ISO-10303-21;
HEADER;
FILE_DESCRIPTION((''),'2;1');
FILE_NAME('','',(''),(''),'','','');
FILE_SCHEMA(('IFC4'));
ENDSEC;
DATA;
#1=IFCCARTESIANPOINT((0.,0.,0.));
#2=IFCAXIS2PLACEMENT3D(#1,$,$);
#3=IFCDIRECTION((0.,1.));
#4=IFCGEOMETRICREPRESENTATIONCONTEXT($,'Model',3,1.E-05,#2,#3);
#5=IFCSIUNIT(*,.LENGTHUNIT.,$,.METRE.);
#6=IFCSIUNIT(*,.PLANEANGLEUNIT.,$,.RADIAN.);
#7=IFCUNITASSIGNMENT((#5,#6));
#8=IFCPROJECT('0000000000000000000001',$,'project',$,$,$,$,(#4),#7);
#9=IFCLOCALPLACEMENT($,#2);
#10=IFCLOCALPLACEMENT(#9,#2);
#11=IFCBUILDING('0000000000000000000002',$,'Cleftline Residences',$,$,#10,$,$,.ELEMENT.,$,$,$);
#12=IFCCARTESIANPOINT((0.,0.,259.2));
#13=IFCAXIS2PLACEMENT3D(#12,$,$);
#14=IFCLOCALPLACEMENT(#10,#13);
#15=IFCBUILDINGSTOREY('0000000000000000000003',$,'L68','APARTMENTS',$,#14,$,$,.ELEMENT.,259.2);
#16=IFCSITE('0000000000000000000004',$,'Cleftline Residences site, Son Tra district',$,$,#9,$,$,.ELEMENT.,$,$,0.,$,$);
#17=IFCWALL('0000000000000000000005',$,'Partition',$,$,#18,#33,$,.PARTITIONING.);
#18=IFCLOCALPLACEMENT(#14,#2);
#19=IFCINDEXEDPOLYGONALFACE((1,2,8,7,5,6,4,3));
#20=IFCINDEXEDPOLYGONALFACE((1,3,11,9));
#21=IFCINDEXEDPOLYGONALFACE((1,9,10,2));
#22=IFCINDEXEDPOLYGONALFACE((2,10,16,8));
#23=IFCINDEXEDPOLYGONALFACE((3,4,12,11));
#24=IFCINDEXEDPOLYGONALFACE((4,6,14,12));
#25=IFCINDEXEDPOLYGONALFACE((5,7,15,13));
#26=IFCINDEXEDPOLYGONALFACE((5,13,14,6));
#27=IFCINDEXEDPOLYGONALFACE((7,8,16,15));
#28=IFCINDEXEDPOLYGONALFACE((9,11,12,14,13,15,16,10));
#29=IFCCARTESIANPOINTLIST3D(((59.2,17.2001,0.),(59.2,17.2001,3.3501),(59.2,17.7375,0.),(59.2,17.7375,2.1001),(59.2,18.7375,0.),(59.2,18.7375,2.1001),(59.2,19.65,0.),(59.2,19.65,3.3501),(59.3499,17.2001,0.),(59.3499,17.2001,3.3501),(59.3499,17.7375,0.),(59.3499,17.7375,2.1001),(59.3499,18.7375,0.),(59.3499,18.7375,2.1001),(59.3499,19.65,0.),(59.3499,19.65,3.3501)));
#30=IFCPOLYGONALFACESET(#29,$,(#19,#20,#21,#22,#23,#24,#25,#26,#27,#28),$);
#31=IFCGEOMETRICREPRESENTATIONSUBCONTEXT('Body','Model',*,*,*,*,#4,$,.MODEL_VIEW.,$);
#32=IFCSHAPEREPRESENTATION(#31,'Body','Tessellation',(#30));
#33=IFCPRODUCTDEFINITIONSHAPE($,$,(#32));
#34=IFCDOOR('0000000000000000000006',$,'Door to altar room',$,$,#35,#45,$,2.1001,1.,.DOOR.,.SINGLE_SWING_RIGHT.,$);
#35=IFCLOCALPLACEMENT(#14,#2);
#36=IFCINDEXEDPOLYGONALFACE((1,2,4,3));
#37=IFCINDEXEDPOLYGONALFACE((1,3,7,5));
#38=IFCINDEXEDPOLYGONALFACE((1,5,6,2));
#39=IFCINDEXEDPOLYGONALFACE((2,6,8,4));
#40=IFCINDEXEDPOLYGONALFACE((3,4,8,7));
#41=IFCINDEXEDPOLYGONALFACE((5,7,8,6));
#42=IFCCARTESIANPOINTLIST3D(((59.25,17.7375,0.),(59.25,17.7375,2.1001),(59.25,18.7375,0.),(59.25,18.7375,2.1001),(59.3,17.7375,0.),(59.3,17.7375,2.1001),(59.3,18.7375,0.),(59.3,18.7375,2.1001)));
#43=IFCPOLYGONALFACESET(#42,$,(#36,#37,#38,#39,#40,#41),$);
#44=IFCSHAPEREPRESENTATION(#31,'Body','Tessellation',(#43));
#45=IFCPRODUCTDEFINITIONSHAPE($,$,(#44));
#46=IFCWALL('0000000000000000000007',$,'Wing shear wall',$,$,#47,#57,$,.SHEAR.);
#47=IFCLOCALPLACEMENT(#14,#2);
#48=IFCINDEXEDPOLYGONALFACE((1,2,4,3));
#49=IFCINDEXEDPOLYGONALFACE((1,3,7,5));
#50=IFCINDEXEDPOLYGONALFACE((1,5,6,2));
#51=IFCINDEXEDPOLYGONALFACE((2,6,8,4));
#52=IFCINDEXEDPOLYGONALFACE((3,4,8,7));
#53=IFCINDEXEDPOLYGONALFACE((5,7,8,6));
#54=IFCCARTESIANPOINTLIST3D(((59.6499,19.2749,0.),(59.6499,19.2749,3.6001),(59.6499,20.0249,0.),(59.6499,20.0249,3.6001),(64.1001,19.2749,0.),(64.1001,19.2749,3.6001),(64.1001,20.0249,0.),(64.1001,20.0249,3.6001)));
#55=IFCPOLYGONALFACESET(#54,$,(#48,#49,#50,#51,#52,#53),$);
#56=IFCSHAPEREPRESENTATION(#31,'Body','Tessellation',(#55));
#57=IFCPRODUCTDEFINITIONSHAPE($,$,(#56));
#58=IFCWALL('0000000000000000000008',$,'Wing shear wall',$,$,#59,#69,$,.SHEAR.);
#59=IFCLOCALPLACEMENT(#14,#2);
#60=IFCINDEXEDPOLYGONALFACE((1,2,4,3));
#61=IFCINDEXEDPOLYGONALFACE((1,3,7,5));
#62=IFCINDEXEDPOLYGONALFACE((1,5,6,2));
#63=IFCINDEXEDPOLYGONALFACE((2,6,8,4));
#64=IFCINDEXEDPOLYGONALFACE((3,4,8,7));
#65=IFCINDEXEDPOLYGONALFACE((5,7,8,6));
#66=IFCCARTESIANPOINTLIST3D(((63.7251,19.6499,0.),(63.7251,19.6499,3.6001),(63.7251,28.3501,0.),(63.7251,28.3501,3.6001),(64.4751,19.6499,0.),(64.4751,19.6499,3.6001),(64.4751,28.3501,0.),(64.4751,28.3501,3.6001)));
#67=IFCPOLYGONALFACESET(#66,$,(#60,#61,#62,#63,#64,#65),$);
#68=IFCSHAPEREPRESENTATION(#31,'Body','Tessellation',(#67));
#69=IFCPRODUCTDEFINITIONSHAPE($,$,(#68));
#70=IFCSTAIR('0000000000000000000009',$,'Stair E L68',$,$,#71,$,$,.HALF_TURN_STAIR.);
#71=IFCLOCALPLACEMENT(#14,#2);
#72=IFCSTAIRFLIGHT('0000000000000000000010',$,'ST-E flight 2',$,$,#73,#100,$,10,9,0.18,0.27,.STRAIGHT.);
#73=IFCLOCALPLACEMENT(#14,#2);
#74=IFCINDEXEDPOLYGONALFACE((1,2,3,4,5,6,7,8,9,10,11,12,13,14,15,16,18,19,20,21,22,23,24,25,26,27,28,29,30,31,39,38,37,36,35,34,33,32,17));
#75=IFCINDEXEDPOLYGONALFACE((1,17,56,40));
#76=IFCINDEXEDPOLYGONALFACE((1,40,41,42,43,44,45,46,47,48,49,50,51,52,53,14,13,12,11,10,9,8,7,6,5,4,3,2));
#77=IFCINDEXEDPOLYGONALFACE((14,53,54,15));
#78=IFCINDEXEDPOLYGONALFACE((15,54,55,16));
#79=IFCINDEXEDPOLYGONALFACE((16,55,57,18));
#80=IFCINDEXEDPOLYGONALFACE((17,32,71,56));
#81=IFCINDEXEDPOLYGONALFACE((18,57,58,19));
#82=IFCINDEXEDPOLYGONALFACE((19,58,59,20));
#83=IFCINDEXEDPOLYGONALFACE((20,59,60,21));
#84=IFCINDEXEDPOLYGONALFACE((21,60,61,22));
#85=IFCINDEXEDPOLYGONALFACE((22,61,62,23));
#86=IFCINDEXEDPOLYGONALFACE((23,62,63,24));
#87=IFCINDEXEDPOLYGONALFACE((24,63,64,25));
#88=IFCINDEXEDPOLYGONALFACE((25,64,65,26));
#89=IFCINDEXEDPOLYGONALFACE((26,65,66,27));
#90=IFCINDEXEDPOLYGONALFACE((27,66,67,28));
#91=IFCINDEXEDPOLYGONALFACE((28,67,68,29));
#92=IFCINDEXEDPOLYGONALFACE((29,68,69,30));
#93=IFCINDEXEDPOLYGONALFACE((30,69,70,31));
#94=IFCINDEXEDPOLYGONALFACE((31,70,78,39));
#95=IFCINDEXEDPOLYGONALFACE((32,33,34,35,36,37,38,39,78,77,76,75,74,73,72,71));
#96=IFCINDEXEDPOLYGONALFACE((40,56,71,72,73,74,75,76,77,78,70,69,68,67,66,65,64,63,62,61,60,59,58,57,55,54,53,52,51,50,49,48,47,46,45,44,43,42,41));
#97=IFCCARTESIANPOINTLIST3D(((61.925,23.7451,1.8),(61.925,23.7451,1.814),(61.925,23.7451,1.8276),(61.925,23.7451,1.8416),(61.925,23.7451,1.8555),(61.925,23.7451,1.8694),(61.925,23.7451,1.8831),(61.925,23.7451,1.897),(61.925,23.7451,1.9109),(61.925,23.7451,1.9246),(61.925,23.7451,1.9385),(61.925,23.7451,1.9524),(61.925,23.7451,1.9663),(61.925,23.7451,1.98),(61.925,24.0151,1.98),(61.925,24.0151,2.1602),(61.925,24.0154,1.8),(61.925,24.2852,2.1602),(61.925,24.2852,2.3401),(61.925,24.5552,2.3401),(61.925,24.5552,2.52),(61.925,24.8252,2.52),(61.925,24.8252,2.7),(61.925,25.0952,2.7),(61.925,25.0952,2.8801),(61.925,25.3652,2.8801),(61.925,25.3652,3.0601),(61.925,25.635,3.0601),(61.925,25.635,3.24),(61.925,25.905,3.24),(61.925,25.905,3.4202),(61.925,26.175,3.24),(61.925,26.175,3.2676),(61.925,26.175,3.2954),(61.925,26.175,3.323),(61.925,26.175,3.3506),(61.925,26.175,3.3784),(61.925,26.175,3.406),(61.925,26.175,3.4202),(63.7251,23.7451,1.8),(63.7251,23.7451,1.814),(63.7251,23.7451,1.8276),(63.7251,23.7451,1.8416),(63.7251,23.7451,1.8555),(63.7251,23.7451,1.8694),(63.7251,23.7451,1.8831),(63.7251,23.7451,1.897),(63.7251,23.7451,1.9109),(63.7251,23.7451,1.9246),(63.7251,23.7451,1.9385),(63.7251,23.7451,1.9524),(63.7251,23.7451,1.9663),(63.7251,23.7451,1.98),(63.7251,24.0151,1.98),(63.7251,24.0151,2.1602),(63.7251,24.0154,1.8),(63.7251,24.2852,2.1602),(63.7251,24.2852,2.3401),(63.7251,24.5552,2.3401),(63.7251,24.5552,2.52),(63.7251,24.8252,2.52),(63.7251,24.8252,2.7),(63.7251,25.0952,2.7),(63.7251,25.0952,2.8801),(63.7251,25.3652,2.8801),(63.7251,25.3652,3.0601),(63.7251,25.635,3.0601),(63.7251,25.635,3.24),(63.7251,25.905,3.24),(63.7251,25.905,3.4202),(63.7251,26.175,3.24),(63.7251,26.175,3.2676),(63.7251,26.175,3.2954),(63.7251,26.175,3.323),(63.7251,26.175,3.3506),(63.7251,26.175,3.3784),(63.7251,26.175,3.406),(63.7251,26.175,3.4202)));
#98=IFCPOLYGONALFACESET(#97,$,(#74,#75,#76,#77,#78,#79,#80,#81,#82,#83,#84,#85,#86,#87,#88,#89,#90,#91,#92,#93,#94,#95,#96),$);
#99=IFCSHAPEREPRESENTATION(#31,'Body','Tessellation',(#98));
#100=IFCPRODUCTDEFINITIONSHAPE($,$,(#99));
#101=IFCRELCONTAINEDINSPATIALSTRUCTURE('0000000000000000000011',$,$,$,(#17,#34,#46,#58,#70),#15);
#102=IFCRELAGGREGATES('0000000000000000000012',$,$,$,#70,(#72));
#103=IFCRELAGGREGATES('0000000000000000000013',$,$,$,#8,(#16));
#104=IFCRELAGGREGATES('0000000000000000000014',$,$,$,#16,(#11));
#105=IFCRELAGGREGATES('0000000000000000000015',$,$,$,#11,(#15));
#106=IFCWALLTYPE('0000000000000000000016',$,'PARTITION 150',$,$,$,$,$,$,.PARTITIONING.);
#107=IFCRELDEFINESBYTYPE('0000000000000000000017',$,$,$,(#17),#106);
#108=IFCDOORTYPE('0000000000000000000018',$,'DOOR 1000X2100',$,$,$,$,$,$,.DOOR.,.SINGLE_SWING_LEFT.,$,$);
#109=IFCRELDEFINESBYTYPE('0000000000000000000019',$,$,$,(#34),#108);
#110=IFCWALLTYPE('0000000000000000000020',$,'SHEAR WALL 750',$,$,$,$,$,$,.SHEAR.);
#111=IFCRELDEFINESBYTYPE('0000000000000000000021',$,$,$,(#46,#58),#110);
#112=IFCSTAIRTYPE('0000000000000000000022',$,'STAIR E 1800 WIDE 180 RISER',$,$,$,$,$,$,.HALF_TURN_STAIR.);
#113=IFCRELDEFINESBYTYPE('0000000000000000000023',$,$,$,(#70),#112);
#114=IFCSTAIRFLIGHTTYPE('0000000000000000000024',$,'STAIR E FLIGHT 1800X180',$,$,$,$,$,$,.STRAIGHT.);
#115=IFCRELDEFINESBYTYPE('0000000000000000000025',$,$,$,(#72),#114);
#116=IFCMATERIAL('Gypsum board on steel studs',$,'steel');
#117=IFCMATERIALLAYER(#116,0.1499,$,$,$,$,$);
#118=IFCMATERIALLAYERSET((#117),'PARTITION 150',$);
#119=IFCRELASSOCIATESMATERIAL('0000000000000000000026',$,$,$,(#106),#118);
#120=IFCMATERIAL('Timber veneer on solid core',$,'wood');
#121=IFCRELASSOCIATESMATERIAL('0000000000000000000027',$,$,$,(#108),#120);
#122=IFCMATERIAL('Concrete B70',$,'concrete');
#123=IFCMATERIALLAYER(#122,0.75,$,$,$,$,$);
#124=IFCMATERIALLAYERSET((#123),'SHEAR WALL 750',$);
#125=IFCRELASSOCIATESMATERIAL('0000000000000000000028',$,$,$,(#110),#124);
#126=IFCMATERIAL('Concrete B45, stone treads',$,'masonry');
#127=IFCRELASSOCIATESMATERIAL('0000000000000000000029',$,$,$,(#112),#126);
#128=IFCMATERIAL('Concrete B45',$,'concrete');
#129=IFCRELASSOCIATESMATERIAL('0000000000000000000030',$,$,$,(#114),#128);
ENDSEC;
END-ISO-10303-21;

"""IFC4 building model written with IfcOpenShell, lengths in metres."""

from ifc_helpers import new_model, si_unit, direction, frame, frame_2d, origin, place, context, subcontext, project, spatial, polyline, rectangle, outline, extrude, material, layer, layer_set, type_object, element, fill, aggregate, save


model = new_model("IFC4")

# Units and contexts
model_context = context("Model", 3, precision=1e-05, world=origin(), true_north=direction((0.0, 1.0)))
body_context = subcontext(model_context, "Body", "Model", "MODEL_VIEW")
ifc_project = project(units=[si_unit("LENGTHUNIT", "METRE"), si_unit("PLANEANGLEUNIT", "RADIAN")], contexts=[model_context])

# Site, building, storey
site_placement = place(None, origin())
site = spatial("IfcSite", under=ifc_project, at=site_placement, Name="Cleftline Residences site, Son Tra district", CompositionType="ELEMENT", RefElevation=0.0)
building_placement = place(site_placement, origin())
building = spatial("IfcBuilding", under=site, at=building_placement, Name="Cleftline Residences", CompositionType="ELEMENT")
storey_placement = place(building_placement, frame((0.0, 0.0, 259.2)))
storey = spatial("IfcBuildingStorey", under=building, at=storey_placement, Name="L68", Description="APARTMENTS", CompositionType="ELEMENT", Elevation=259.2)

# Shared definitions
ifc_material_1 = material(Name="Gypsum board on steel studs", Category="steel")
ifc_layer_1 = layer(ifc_material_1, 0.1499)
ifc_layer_set_1 = layer_set([ifc_layer_1], Name="PARTITION 150")
wall_type_1 = type_object("IfcWallType", Name="PARTITION 150", PredefinedType="PARTITIONING", material=ifc_layer_set_1)

# Shared definitions
ifc_material_2 = material(Name="Timber veneer on solid core", Category="wood")
door_type_1 = type_object("IfcDoorType", Name="DOOR 1000X2100", OperationType="SINGLE_SWING_LEFT", PredefinedType="DOOR", material=ifc_material_2)

# Wall, opening, door
wall_1_placement = place(storey_placement, frame((59.2749, 17.2, 0.0), z_axis=(0.0, 0.0, 1.0), x_axis=(0.0, 1.0, 0.0)))
wall_1 = element("IfcWall", 1, at=wall_1_placement, inside=storey, type_object=wall_type_1, Name="Partition", PredefinedType="PARTITIONING", context=body_context, shape_type="SweptSolid", body=[
    extrude(rectangle(XDim=2.45, YDim=0.1499, at=frame_2d((1.2251, 0.0))), origin(), (0.0, 0.0, 1.0), 3.3501),
])
opening_1_placement = place(wall_1_placement, frame((0.5376, 0.0, 0.0)))
opening_1 = element("IfcOpeningElement", 2, at=opening_1_placement, cuts=wall_1, PredefinedType="OPENING", context=body_context, shape_type="SweptSolid", body=[
    extrude(rectangle(XDim=1.0, YDim=2.1001, at=frame_2d((0.5, 1.05))), frame((0.0, 0.085, 0.0), z_axis=(0.0, -1.0, 0.0), x_axis=(1.0, 0.0, 0.0)), (0.0, 0.0, 1.0), 0.1699),
])
door_1_placement = place(opening_1_placement, origin())
door_1 = element("IfcDoor", 3, at=door_1_placement, inside=storey, type_object=door_type_1, Name="Door to altar room", OperationType="SINGLE_SWING_RIGHT", OverallHeight=2.1001, OverallWidth=1.0, PredefinedType="DOOR", context=body_context, shape_type="SweptSolid", body=[
    extrude(rectangle(XDim=1.0, YDim=2.1001, at=frame_2d((0.5, 1.05))), frame((0.0, 0.0249, 0.0), z_axis=(0.0, -1.0, 0.0), x_axis=(1.0, 0.0, 0.0)), (0.0, 0.0, 1.0), 0.05),
])
fill(opening_1, door_1)

# Walls
ifc_material_3 = material(Name="Concrete B70", Category="concrete")
ifc_layer_2 = layer(ifc_material_3, 0.75)
ifc_layer_set_2 = layer_set([ifc_layer_2], Name="SHEAR WALL 750")
wall_type_2 = type_object("IfcWallType", Name="SHEAR WALL 750", PredefinedType="SHEAR", material=ifc_layer_set_2)
wall_2_placement = place(storey_placement, frame((59.6499, 19.6499, 0.0), z_axis=(0.0, 0.0, 1.0), x_axis=(1.0, 0.0, 0.0)))
element("IfcWall", 4, at=wall_2_placement, inside=storey, type_object=wall_type_2, Name="Wing shear wall", PredefinedType="SHEAR", context=body_context, shape_type="SweptSolid", body=[
    extrude(rectangle(XDim=4.4502, YDim=0.75, at=frame_2d((2.2251, 0.0))), origin(), (0.0, 0.0, 1.0), 3.6001),
])
wall_3_placement = place(storey_placement, frame((64.1001, 19.6499, 0.0), z_axis=(0.0, 0.0, 1.0), x_axis=(0.0, 1.0, 0.0)))
element("IfcWall", 5, at=wall_3_placement, inside=storey, type_object=wall_type_2, Name="Wing shear wall", PredefinedType="SHEAR", context=body_context, shape_type="SweptSolid", body=[
    extrude(rectangle(XDim=8.7002, YDim=0.75, at=frame_2d((4.3501, 0.0))), origin(), (0.0, 0.0, 1.0), 3.6001),
])

# Stair, stair flight
ifc_material_4 = material(Name="Concrete B45, stone treads", Category="masonry")
stair_type = type_object("IfcStairType", Name="STAIR E 1800 WIDE 180 RISER", PredefinedType="HALF_TURN_STAIR", material=ifc_material_4)
stair_placement = place(storey_placement, origin())
stair = element("IfcStair", 6, at=stair_placement, inside=storey, type_object=stair_type, Name="Stair E L68", PredefinedType="HALF_TURN_STAIR")
ifc_material_5 = material(Name="Concrete B45", Category="concrete")
stair_flight_type = type_object("IfcStairFlightType", Name="STAIR E FLIGHT 1800X180", PredefinedType="STRAIGHT", material=ifc_material_5)
stair_flight_placement = place(storey_placement, frame((62.825, 23.7451, 1.8), z_axis=(0.0, 0.0, 1.0), x_axis=(0.0, 1.0, 0.0)))
stair_flight = element("IfcStairFlight", 7, at=stair_flight_placement, type_object=stair_flight_type, Name="ST-E flight 2", NumberOfRisers=10, NumberOfTreads=9, PredefinedType="STRAIGHT", RiserHeight=0.18, TreadLength=0.27, context=body_context, shape_type="SweptSolid", body=[
    extrude(outline(polyline([(0.0, 0.0), (0.0, 0.0139), (0.0, 0.0276), (0.0, 0.0415), (0.0, 0.0554), (0.0, 0.0693), (0.0, 0.083), (0.0, 0.0969), (0.0, 0.1108), (0.0, 0.1245), (0.0, 0.1384), (0.0, 0.1523), (0.0, 0.1663), (0.0, 0.1799), (0.27, 0.1799), (0.27, 0.3601), (0.54, 0.3601), (0.54, 0.54), (0.8101, 0.54), (0.8101, 0.72), (1.0801, 0.72), (1.0801, 0.8999), (1.3501, 0.8999), (1.3501, 1.0801), (1.6201, 1.0801), (1.6201, 1.26), (1.8899, 1.26), (1.8899, 1.4399), (2.1599, 1.4399), (2.1599, 1.6201), (2.4299, 1.6201), (2.4299, 1.8), (2.4299, 1.7722), (2.4299, 1.7446), (2.4299, 1.7168), (2.4299, 1.6892), (2.4299, 1.6614), (2.4299, 1.6338), (2.4299, 1.606), (2.4299, 1.5784), (2.4299, 1.5505), (2.4299, 1.5229), (2.4299, 1.4954), (2.4299, 1.4675), (2.4299, 1.4399), (0.2703, 0.0), (0.0, 0.0)])), frame((0.0, 0.8999, 0.0), z_axis=(0.0, -1.0, 0.0), x_axis=(1.0, 0.0, 0.0)), (0.0, 0.0, 1.0), 1.8),
])
aggregate(stair, [stair_flight])

save(model, "model.ifc")
